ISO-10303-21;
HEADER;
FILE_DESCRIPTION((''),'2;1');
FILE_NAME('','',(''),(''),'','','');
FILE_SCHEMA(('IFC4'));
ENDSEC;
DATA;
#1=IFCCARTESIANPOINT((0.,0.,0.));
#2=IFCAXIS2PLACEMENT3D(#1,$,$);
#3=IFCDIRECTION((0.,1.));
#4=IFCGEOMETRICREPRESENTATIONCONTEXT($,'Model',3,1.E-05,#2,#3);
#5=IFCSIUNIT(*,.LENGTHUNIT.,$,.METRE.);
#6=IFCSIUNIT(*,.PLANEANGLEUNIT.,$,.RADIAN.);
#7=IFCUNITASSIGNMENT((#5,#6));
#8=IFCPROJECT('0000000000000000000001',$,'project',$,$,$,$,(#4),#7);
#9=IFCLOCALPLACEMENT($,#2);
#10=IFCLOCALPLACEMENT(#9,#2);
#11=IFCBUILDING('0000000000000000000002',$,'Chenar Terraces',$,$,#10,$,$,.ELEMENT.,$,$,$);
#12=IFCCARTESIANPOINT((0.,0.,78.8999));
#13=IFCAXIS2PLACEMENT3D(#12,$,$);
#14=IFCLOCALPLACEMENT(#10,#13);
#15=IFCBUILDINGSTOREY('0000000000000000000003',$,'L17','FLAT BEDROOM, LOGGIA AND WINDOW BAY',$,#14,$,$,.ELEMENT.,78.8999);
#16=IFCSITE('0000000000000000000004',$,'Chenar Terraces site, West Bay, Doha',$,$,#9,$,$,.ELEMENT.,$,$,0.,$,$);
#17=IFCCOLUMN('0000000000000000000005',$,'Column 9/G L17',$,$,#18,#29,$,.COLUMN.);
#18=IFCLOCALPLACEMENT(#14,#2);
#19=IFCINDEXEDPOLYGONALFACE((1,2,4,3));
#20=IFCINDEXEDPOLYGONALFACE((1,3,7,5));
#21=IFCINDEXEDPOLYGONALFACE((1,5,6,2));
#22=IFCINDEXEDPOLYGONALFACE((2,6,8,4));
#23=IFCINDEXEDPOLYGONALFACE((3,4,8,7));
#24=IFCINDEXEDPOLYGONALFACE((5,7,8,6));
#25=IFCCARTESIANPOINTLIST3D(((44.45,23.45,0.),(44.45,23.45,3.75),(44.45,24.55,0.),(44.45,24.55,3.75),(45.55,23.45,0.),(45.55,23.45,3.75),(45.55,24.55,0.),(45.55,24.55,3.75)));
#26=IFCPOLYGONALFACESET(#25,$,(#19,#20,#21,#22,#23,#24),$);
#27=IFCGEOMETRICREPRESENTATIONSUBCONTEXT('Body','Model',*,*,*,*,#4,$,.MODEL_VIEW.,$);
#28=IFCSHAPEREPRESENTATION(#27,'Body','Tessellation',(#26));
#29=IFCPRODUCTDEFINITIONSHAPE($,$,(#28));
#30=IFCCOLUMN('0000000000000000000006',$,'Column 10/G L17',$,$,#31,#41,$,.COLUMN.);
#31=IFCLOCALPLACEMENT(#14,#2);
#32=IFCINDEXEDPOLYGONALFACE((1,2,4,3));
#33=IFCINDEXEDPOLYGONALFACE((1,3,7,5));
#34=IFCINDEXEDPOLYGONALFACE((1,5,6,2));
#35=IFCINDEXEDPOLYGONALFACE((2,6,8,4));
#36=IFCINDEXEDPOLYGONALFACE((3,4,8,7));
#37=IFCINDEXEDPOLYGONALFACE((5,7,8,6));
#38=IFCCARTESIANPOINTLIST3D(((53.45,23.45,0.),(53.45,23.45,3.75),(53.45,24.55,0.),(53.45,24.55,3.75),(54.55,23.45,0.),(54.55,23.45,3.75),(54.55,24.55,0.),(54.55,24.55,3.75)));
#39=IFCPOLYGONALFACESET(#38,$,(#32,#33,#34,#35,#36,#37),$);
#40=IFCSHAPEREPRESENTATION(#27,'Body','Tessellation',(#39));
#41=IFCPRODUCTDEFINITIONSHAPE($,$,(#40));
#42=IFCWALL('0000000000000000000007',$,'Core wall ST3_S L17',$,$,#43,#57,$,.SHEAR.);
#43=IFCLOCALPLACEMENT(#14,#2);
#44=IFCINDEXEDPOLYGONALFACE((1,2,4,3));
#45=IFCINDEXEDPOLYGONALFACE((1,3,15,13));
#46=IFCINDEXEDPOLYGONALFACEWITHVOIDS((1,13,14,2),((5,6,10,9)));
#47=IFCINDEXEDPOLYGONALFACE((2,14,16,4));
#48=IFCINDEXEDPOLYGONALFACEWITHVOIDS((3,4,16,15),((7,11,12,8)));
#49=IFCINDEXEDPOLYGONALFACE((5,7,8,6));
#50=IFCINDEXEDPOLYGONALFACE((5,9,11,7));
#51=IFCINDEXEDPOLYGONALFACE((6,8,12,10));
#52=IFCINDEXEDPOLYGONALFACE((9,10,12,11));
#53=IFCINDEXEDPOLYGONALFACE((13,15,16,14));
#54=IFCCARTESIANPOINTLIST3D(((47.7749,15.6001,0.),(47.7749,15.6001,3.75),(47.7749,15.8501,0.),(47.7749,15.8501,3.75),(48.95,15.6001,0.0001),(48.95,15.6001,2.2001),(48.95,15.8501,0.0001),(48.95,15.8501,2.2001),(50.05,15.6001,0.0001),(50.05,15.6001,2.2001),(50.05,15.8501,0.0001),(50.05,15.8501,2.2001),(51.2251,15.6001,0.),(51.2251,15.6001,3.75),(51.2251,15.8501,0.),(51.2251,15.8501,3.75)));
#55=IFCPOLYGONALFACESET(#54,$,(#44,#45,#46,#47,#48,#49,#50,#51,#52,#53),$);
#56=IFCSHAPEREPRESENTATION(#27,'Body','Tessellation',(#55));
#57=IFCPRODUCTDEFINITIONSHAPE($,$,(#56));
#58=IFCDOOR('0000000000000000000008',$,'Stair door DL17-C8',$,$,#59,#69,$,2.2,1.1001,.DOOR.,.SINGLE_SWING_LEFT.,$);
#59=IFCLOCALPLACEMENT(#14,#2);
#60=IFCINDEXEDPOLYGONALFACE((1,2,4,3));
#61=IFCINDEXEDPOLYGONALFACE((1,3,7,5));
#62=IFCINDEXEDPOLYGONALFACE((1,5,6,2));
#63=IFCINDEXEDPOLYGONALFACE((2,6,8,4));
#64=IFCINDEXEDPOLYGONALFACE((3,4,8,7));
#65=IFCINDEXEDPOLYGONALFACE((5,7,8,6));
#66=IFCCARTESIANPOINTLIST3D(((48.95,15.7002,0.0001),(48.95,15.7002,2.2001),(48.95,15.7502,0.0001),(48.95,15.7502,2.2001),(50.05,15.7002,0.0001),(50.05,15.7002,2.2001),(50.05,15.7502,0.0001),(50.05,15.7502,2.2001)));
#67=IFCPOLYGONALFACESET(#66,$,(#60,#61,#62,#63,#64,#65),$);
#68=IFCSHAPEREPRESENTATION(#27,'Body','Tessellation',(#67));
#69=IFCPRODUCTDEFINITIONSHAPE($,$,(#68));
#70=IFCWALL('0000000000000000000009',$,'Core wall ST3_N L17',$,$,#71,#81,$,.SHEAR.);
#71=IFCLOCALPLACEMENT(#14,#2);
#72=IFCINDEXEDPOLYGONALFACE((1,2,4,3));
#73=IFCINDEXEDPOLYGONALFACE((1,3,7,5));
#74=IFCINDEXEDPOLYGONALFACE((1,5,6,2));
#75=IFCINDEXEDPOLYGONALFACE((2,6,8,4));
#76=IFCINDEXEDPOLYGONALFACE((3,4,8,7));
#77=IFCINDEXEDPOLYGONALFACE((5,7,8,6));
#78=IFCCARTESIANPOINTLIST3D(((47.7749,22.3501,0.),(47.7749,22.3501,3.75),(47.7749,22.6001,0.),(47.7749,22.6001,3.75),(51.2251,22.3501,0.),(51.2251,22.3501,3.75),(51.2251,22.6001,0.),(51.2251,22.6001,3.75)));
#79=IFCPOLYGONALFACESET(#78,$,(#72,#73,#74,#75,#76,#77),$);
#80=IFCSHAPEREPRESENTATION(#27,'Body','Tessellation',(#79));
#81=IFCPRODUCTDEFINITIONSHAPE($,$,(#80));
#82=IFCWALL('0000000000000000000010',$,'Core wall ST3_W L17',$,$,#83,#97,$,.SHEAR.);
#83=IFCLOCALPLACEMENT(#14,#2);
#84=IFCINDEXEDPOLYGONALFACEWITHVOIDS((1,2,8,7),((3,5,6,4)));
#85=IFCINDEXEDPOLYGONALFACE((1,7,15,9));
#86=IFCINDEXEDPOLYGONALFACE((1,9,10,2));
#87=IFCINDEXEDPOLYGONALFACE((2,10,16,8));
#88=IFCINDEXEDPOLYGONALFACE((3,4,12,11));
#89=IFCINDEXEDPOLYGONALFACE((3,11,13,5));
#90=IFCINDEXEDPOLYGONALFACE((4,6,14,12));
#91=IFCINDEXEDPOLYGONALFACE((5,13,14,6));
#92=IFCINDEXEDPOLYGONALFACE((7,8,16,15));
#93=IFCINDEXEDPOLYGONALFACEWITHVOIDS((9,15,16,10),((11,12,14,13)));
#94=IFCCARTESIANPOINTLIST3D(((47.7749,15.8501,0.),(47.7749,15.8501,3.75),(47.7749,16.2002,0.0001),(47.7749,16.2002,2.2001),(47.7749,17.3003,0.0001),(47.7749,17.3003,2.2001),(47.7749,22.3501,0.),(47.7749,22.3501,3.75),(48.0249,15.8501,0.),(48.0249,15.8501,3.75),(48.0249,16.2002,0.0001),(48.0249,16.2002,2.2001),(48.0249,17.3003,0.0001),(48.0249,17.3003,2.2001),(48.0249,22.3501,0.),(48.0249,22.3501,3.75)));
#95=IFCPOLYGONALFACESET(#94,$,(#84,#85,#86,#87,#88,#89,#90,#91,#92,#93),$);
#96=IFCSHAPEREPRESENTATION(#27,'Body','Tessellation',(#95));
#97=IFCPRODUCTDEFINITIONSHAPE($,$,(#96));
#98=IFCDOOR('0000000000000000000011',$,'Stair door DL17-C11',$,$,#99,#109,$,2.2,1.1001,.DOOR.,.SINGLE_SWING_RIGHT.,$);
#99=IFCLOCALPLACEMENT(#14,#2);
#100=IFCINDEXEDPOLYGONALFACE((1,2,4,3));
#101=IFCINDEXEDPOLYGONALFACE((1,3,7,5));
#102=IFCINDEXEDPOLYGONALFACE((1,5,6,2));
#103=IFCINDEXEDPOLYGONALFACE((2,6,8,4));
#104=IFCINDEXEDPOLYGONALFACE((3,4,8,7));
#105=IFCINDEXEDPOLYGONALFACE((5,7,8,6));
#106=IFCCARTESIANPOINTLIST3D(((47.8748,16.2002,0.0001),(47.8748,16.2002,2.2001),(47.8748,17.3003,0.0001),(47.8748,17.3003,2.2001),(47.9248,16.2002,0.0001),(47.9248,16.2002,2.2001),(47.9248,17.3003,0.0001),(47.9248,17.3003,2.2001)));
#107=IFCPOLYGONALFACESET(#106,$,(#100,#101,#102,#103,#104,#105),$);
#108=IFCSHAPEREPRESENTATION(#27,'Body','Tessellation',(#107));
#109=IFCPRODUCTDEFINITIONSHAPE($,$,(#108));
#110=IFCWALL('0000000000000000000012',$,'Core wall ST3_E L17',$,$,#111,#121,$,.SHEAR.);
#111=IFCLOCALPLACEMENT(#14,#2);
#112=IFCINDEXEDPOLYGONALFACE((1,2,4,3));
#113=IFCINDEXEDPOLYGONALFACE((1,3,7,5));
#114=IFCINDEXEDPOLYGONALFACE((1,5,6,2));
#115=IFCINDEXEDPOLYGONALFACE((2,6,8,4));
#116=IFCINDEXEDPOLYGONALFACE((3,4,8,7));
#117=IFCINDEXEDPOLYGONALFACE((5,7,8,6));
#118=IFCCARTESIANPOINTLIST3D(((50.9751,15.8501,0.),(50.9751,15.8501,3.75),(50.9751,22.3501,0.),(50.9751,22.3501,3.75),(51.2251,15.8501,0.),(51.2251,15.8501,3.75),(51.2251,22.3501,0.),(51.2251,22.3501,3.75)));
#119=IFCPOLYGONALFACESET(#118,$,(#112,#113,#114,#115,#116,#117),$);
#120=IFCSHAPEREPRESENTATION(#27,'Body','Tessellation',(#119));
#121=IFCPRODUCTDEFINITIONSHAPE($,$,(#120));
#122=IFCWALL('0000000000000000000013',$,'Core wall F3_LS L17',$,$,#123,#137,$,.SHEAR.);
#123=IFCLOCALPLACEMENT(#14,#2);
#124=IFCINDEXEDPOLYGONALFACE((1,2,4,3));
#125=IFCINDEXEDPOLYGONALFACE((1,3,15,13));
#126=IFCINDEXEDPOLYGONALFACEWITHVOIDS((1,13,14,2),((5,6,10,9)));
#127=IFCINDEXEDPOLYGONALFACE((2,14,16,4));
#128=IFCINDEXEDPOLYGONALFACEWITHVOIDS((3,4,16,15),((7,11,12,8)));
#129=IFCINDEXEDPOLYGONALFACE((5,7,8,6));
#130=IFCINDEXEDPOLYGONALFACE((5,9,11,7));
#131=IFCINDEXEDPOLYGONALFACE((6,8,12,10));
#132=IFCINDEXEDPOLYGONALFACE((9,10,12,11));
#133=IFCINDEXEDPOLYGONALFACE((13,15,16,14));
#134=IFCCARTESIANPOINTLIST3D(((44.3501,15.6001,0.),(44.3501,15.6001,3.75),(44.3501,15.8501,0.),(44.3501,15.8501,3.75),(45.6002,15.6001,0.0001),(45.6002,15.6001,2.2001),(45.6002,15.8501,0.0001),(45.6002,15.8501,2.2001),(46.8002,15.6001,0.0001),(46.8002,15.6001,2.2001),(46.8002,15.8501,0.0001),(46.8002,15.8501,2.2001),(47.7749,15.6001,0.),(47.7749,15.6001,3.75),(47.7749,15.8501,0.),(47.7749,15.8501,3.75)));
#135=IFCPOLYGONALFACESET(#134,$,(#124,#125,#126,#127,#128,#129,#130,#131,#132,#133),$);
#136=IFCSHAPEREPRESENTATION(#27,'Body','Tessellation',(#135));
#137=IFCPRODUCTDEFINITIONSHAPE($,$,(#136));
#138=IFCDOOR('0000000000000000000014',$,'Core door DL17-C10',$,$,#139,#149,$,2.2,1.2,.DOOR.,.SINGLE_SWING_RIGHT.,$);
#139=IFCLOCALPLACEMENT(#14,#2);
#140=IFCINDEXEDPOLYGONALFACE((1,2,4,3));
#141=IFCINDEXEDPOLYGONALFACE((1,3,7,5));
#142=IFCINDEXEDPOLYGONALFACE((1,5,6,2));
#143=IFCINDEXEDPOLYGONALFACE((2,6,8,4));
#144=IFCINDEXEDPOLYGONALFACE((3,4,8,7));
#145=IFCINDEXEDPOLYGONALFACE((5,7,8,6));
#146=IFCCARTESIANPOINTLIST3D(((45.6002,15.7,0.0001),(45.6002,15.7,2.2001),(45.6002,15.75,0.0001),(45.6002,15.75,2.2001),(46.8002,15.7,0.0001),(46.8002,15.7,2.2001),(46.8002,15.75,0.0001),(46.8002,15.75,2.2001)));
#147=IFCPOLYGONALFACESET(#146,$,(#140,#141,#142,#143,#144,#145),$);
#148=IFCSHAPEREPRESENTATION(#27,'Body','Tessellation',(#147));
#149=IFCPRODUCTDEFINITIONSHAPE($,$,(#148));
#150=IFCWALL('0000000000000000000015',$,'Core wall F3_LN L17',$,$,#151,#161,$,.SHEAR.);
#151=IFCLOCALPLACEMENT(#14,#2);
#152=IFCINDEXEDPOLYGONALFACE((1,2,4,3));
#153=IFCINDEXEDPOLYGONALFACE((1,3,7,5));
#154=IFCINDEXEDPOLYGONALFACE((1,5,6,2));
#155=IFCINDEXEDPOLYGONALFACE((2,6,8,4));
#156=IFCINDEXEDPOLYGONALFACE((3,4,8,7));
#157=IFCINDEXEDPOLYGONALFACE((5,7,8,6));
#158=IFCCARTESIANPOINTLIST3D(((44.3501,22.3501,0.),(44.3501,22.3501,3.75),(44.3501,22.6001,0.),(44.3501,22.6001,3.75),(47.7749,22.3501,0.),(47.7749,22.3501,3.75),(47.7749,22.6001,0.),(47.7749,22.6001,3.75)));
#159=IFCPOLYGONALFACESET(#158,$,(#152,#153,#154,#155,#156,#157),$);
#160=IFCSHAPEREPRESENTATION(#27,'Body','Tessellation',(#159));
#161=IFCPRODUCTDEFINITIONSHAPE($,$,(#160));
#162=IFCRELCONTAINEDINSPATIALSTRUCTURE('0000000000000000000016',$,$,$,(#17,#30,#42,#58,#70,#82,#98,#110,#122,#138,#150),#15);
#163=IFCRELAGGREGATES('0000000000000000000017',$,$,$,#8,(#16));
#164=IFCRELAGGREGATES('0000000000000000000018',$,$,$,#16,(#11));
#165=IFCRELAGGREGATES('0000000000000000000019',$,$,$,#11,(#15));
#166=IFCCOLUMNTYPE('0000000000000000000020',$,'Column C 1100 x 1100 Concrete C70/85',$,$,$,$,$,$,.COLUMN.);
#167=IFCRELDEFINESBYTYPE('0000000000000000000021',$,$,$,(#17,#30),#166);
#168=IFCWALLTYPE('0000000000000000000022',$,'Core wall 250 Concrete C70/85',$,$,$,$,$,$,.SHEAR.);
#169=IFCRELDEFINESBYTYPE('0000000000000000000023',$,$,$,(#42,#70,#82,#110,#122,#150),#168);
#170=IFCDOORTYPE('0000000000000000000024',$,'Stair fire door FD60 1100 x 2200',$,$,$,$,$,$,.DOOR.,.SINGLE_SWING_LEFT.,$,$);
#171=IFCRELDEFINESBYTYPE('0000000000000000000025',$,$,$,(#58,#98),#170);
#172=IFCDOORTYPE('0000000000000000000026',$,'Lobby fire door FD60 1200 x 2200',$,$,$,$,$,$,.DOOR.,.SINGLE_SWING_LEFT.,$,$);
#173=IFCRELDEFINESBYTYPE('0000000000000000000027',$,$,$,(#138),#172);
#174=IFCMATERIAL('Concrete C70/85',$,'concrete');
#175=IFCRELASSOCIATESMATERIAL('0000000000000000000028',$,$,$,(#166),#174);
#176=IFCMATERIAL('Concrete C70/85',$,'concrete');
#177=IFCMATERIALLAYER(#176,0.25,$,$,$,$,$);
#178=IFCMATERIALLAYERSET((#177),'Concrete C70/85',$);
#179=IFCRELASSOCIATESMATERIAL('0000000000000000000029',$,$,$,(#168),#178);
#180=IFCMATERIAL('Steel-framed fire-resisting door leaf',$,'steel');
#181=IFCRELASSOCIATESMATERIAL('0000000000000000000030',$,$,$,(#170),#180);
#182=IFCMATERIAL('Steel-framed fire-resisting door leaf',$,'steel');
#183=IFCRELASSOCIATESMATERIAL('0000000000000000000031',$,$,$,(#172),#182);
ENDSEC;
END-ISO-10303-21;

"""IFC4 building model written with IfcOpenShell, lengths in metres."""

from ifc_helpers import new_model, si_unit, direction, frame, frame_2d, origin, origin_2d, place, context, subcontext, project, spatial, rectangle, extrude, material, layer, layer_set, material_profile, profile_set, type_object, element, fill, save


model = new_model("IFC4")

# Units and contexts
model_context = context("Model", 3, precision=1e-05, world=origin(), true_north=direction((0.0, 1.0)))
body_context = subcontext(model_context, "Body", "Model", "MODEL_VIEW")
ifc_project = project(units=[si_unit("LENGTHUNIT", "METRE"), si_unit("PLANEANGLEUNIT", "RADIAN")], contexts=[model_context])

# Site, building, storey
site_placement = place(None, origin())
site = spatial("IfcSite", under=ifc_project, at=site_placement, Name="Chenar Terraces site, West Bay, Doha", CompositionType="ELEMENT", RefElevation=0.0)
building_placement = place(site_placement, origin())
building = spatial("IfcBuilding", under=site, at=building_placement, Name="Chenar Terraces", CompositionType="ELEMENT")
storey_placement = place(building_placement, frame((0.0, 0.0, 78.8999)))
storey = spatial("IfcBuildingStorey", under=building, at=storey_placement, Name="L17", Description="FLAT BEDROOM, LOGGIA AND WINDOW BAY", CompositionType="ELEMENT", Elevation=78.8999)

# Columns
ifc_material_1 = material(Name="Concrete C70/85", Category="concrete")
ifc_material_profile_1 = material_profile(ifc_material_1, rectangle(XDim=1.1001, YDim=1.1001, at=origin_2d()), Name="C 1100 x 1100")
ifc_profile_set_1 = profile_set([ifc_material_profile_1], Name="Concrete C70/85")
column_type = type_object("IfcColumnType", Name="Column C 1100 x 1100 Concrete C70/85", PredefinedType="COLUMN", material=ifc_profile_set_1)
for number, where, z_axis, x_axis, name in (
    (1, (45.0, 24.0, 0.0), (0.0, 0.0, 1.0), (1.0, 0.0, 0.0), "Column 9/G L17"),
    (2, (54.0, 24.0, 0.0), (0.0, 0.0, 1.0), (1.0, 0.0, 0.0), "Column 10/G L17"),
):
    element("IfcColumn", number, at=place(storey_placement, frame(where, z_axis=z_axis, x_axis=x_axis)), inside=storey, type_object=column_type, Name=name, PredefinedType="COLUMN", context=body_context, shape_type="SweptSolid", body=[
        extrude(rectangle(XDim=1.1001, YDim=1.1001, at=origin_2d()), origin(), (0.0, 0.0, 1.0), 3.75),
    ])

# Wall, opening, door
ifc_material_2 = material(Name="Concrete C70/85", Category="concrete")
ifc_layer_1 = layer(ifc_material_2, 0.25)
ifc_layer_set_1 = layer_set([ifc_layer_1], Name="Concrete C70/85")
wall_type_1 = type_object("IfcWallType", Name="Core wall 250 Concrete C70/85", PredefinedType="SHEAR", material=ifc_layer_set_1)
wall_1_placement = place(storey_placement, frame((47.7749, 15.7251, 0.0), z_axis=(0.0, 0.0, 1.0), x_axis=(1.0, 0.0, 0.0)))
wall_1 = element("IfcWall", 3, at=wall_1_placement, inside=storey, type_object=wall_type_1, Name="Core wall ST3_S L17", PredefinedType="SHEAR", context=body_context, shape_type="SweptSolid", body=[
    extrude(rectangle(XDim=3.4502, YDim=0.25, at=frame_2d((1.7251, 0.0))), origin(), (0.0, 0.0, 1.0), 3.75),
])
opening_1_placement = place(wall_1_placement, frame((1.175, 0.0, 0.0)))
opening_1 = element("IfcOpeningElement", 4, at=opening_1_placement, cuts=wall_1, PredefinedType="OPENING", context=body_context, shape_type="SweptSolid", body=[
    extrude(rectangle(XDim=1.1001, YDim=2.2, at=frame_2d((0.55, 1.1001))), frame((0.0, 0.135, 0.0), z_axis=(0.0, -1.0, 0.0), x_axis=(1.0, 0.0, 0.0)), (0.0, 0.0, 1.0), 0.27),
])
ifc_material_3 = material(Name="Steel-framed fire-resisting door leaf", Category="steel")
door_type_1 = type_object("IfcDoorType", Name="Stair fire door FD60 1100 x 2200", OperationType="SINGLE_SWING_LEFT", PredefinedType="DOOR", material=ifc_material_3)
door_1_placement = place(opening_1_placement, frame((1.1001, 0.0, 0.0), z_axis=(0.0, 0.0, 1.0), x_axis=(-1.0, 0.0, 0.0)))
door_1 = element("IfcDoor", 5, at=door_1_placement, inside=storey, type_object=door_type_1, Name="Stair door DL17-C8", OperationType="SINGLE_SWING_LEFT", OverallHeight=2.2, OverallWidth=1.1001, PredefinedType="DOOR", context=body_context, shape_type="SweptSolid", body=[
    extrude(rectangle(XDim=1.1001, YDim=2.2, at=frame_2d((0.55, 1.1001))), frame((0.0, 0.0249, 0.0), z_axis=(0.0, -1.0, 0.0), x_axis=(1.0, 0.0, 0.0)), (0.0, 0.0, 1.0), 0.05),
])
fill(opening_1, door_1)

# Wall
wall_2_placement = place(storey_placement, frame((47.7749, 22.4751, 0.0), z_axis=(0.0, 0.0, 1.0), x_axis=(1.0, 0.0, 0.0)))
element("IfcWall", 6, at=wall_2_placement, inside=storey, type_object=wall_type_1, Name="Core wall ST3_N L17", PredefinedType="SHEAR", context=body_context, shape_type="SweptSolid", body=[
    extrude(rectangle(XDim=3.4502, YDim=0.25, at=frame_2d((1.7251, 0.0))), origin(), (0.0, 0.0, 1.0), 3.75),
])

# Wall, opening, door
wall_3_placement = place(storey_placement, frame((47.8999, 15.8501, 0.0), z_axis=(0.0, 0.0, 1.0), x_axis=(0.0, 1.0, 0.0)))
wall_3 = element("IfcWall", 7, at=wall_3_placement, inside=storey, type_object=wall_type_1, Name="Core wall ST3_W L17", PredefinedType="SHEAR", context=body_context, shape_type="SweptSolid", body=[
    extrude(rectangle(XDim=6.5, YDim=0.25, at=frame_2d((3.25, 0.0))), origin(), (0.0, 0.0, 1.0), 3.75),
])
opening_2_placement = place(wall_3_placement, frame((0.3501, 0.0, 0.0)))
opening_2 = element("IfcOpeningElement", 8, at=opening_2_placement, cuts=wall_3, PredefinedType="OPENING", context=body_context, shape_type="SweptSolid", body=[
    extrude(rectangle(XDim=1.1001, YDim=2.2, at=frame_2d((0.55, 1.1001))), frame((0.0, 0.135, 0.0), z_axis=(0.0, -1.0, 0.0), x_axis=(1.0, 0.0, 0.0)), (0.0, 0.0, 1.0), 0.27),
])
door_2_placement = place(opening_2_placement, frame((1.1001, 0.0, 0.0), z_axis=(0.0, 0.0, 1.0), x_axis=(-1.0, 0.0, 0.0)))
door_2 = element("IfcDoor", 9, at=door_2_placement, inside=storey, type_object=door_type_1, Name="Stair door DL17-C11", OperationType="SINGLE_SWING_RIGHT", OverallHeight=2.2, OverallWidth=1.1001, PredefinedType="DOOR", context=body_context, shape_type="SweptSolid", body=[
    extrude(rectangle(XDim=1.1001, YDim=2.2, at=frame_2d((0.55, 1.1001))), frame((0.0, 0.0249, 0.0), z_axis=(0.0, -1.0, 0.0), x_axis=(1.0, 0.0, 0.0)), (0.0, 0.0, 1.0), 0.05),
])
fill(opening_2, door_2)

# Wall
wall_4_placement = place(storey_placement, frame((51.1001, 15.8501, 0.0), z_axis=(0.0, 0.0, 1.0), x_axis=(0.0, 1.0, 0.0)))
element("IfcWall", 10, at=wall_4_placement, inside=storey, type_object=wall_type_1, Name="Core wall ST3_E L17", PredefinedType="SHEAR", context=body_context, shape_type="SweptSolid", body=[
    extrude(rectangle(XDim=6.5, YDim=0.25, at=frame_2d((3.25, 0.0))), origin(), (0.0, 0.0, 1.0), 3.75),
])

# Wall, opening, door
wall_5_placement = place(storey_placement, frame((44.3501, 15.7251, 0.0), z_axis=(0.0, 0.0, 1.0), x_axis=(1.0, 0.0, 0.0)))
wall_5 = element("IfcWall", 11, at=wall_5_placement, inside=storey, type_object=wall_type_1, Name="Core wall F3_LS L17", PredefinedType="SHEAR", context=body_context, shape_type="SweptSolid", body=[
    extrude(rectangle(XDim=3.4248, YDim=0.25, at=frame_2d((1.7124, 0.0))), origin(), (0.0, 0.0, 1.0), 3.75),
])
opening_3_placement = place(wall_5_placement, frame((1.25, 0.0, 0.0)))
opening_3 = element("IfcOpeningElement", 12, at=opening_3_placement, cuts=wall_5, PredefinedType="OPENING", context=body_context, shape_type="SweptSolid", body=[
    extrude(rectangle(XDim=1.2, YDim=2.2, at=frame_2d((0.6001, 1.1001))), frame((0.0, 0.135, 0.0), z_axis=(0.0, -1.0, 0.0), x_axis=(1.0, 0.0, 0.0)), (0.0, 0.0, 1.0), 0.27),
])
ifc_material_4 = material(Name="Steel-framed fire-resisting door leaf", Category="steel")
door_type_2 = type_object("IfcDoorType", Name="Lobby fire door FD60 1200 x 2200", OperationType="SINGLE_SWING_LEFT", PredefinedType="DOOR", material=ifc_material_4)
door_3_placement = place(opening_3_placement, origin())
door_3 = element("IfcDoor", 13, at=door_3_placement, inside=storey, type_object=door_type_2, Name="Core door DL17-C10", OperationType="SINGLE_SWING_RIGHT", OverallHeight=2.2, OverallWidth=1.2, PredefinedType="DOOR", context=body_context, shape_type="SweptSolid", body=[
    extrude(rectangle(XDim=1.2, YDim=2.2, at=frame_2d((0.6001, 1.1001))), frame((0.0, 0.0249, 0.0), z_axis=(0.0, -1.0, 0.0), x_axis=(1.0, 0.0, 0.0)), (0.0, 0.0, 1.0), 0.05),
])
fill(opening_3, door_3)

# Wall
wall_6_placement = place(storey_placement, frame((44.3501, 22.4751, 0.0), z_axis=(0.0, 0.0, 1.0), x_axis=(1.0, 0.0, 0.0)))
element("IfcWall", 14, at=wall_6_placement, inside=storey, type_object=wall_type_1, Name="Core wall F3_LN L17", PredefinedType="SHEAR", context=body_context, shape_type="SweptSolid", body=[
    extrude(rectangle(XDim=3.4248, YDim=0.25, at=frame_2d((1.7124, 0.0))), origin(), (0.0, 0.0, 1.0), 3.75),
])

save(model, "model.ifc")
